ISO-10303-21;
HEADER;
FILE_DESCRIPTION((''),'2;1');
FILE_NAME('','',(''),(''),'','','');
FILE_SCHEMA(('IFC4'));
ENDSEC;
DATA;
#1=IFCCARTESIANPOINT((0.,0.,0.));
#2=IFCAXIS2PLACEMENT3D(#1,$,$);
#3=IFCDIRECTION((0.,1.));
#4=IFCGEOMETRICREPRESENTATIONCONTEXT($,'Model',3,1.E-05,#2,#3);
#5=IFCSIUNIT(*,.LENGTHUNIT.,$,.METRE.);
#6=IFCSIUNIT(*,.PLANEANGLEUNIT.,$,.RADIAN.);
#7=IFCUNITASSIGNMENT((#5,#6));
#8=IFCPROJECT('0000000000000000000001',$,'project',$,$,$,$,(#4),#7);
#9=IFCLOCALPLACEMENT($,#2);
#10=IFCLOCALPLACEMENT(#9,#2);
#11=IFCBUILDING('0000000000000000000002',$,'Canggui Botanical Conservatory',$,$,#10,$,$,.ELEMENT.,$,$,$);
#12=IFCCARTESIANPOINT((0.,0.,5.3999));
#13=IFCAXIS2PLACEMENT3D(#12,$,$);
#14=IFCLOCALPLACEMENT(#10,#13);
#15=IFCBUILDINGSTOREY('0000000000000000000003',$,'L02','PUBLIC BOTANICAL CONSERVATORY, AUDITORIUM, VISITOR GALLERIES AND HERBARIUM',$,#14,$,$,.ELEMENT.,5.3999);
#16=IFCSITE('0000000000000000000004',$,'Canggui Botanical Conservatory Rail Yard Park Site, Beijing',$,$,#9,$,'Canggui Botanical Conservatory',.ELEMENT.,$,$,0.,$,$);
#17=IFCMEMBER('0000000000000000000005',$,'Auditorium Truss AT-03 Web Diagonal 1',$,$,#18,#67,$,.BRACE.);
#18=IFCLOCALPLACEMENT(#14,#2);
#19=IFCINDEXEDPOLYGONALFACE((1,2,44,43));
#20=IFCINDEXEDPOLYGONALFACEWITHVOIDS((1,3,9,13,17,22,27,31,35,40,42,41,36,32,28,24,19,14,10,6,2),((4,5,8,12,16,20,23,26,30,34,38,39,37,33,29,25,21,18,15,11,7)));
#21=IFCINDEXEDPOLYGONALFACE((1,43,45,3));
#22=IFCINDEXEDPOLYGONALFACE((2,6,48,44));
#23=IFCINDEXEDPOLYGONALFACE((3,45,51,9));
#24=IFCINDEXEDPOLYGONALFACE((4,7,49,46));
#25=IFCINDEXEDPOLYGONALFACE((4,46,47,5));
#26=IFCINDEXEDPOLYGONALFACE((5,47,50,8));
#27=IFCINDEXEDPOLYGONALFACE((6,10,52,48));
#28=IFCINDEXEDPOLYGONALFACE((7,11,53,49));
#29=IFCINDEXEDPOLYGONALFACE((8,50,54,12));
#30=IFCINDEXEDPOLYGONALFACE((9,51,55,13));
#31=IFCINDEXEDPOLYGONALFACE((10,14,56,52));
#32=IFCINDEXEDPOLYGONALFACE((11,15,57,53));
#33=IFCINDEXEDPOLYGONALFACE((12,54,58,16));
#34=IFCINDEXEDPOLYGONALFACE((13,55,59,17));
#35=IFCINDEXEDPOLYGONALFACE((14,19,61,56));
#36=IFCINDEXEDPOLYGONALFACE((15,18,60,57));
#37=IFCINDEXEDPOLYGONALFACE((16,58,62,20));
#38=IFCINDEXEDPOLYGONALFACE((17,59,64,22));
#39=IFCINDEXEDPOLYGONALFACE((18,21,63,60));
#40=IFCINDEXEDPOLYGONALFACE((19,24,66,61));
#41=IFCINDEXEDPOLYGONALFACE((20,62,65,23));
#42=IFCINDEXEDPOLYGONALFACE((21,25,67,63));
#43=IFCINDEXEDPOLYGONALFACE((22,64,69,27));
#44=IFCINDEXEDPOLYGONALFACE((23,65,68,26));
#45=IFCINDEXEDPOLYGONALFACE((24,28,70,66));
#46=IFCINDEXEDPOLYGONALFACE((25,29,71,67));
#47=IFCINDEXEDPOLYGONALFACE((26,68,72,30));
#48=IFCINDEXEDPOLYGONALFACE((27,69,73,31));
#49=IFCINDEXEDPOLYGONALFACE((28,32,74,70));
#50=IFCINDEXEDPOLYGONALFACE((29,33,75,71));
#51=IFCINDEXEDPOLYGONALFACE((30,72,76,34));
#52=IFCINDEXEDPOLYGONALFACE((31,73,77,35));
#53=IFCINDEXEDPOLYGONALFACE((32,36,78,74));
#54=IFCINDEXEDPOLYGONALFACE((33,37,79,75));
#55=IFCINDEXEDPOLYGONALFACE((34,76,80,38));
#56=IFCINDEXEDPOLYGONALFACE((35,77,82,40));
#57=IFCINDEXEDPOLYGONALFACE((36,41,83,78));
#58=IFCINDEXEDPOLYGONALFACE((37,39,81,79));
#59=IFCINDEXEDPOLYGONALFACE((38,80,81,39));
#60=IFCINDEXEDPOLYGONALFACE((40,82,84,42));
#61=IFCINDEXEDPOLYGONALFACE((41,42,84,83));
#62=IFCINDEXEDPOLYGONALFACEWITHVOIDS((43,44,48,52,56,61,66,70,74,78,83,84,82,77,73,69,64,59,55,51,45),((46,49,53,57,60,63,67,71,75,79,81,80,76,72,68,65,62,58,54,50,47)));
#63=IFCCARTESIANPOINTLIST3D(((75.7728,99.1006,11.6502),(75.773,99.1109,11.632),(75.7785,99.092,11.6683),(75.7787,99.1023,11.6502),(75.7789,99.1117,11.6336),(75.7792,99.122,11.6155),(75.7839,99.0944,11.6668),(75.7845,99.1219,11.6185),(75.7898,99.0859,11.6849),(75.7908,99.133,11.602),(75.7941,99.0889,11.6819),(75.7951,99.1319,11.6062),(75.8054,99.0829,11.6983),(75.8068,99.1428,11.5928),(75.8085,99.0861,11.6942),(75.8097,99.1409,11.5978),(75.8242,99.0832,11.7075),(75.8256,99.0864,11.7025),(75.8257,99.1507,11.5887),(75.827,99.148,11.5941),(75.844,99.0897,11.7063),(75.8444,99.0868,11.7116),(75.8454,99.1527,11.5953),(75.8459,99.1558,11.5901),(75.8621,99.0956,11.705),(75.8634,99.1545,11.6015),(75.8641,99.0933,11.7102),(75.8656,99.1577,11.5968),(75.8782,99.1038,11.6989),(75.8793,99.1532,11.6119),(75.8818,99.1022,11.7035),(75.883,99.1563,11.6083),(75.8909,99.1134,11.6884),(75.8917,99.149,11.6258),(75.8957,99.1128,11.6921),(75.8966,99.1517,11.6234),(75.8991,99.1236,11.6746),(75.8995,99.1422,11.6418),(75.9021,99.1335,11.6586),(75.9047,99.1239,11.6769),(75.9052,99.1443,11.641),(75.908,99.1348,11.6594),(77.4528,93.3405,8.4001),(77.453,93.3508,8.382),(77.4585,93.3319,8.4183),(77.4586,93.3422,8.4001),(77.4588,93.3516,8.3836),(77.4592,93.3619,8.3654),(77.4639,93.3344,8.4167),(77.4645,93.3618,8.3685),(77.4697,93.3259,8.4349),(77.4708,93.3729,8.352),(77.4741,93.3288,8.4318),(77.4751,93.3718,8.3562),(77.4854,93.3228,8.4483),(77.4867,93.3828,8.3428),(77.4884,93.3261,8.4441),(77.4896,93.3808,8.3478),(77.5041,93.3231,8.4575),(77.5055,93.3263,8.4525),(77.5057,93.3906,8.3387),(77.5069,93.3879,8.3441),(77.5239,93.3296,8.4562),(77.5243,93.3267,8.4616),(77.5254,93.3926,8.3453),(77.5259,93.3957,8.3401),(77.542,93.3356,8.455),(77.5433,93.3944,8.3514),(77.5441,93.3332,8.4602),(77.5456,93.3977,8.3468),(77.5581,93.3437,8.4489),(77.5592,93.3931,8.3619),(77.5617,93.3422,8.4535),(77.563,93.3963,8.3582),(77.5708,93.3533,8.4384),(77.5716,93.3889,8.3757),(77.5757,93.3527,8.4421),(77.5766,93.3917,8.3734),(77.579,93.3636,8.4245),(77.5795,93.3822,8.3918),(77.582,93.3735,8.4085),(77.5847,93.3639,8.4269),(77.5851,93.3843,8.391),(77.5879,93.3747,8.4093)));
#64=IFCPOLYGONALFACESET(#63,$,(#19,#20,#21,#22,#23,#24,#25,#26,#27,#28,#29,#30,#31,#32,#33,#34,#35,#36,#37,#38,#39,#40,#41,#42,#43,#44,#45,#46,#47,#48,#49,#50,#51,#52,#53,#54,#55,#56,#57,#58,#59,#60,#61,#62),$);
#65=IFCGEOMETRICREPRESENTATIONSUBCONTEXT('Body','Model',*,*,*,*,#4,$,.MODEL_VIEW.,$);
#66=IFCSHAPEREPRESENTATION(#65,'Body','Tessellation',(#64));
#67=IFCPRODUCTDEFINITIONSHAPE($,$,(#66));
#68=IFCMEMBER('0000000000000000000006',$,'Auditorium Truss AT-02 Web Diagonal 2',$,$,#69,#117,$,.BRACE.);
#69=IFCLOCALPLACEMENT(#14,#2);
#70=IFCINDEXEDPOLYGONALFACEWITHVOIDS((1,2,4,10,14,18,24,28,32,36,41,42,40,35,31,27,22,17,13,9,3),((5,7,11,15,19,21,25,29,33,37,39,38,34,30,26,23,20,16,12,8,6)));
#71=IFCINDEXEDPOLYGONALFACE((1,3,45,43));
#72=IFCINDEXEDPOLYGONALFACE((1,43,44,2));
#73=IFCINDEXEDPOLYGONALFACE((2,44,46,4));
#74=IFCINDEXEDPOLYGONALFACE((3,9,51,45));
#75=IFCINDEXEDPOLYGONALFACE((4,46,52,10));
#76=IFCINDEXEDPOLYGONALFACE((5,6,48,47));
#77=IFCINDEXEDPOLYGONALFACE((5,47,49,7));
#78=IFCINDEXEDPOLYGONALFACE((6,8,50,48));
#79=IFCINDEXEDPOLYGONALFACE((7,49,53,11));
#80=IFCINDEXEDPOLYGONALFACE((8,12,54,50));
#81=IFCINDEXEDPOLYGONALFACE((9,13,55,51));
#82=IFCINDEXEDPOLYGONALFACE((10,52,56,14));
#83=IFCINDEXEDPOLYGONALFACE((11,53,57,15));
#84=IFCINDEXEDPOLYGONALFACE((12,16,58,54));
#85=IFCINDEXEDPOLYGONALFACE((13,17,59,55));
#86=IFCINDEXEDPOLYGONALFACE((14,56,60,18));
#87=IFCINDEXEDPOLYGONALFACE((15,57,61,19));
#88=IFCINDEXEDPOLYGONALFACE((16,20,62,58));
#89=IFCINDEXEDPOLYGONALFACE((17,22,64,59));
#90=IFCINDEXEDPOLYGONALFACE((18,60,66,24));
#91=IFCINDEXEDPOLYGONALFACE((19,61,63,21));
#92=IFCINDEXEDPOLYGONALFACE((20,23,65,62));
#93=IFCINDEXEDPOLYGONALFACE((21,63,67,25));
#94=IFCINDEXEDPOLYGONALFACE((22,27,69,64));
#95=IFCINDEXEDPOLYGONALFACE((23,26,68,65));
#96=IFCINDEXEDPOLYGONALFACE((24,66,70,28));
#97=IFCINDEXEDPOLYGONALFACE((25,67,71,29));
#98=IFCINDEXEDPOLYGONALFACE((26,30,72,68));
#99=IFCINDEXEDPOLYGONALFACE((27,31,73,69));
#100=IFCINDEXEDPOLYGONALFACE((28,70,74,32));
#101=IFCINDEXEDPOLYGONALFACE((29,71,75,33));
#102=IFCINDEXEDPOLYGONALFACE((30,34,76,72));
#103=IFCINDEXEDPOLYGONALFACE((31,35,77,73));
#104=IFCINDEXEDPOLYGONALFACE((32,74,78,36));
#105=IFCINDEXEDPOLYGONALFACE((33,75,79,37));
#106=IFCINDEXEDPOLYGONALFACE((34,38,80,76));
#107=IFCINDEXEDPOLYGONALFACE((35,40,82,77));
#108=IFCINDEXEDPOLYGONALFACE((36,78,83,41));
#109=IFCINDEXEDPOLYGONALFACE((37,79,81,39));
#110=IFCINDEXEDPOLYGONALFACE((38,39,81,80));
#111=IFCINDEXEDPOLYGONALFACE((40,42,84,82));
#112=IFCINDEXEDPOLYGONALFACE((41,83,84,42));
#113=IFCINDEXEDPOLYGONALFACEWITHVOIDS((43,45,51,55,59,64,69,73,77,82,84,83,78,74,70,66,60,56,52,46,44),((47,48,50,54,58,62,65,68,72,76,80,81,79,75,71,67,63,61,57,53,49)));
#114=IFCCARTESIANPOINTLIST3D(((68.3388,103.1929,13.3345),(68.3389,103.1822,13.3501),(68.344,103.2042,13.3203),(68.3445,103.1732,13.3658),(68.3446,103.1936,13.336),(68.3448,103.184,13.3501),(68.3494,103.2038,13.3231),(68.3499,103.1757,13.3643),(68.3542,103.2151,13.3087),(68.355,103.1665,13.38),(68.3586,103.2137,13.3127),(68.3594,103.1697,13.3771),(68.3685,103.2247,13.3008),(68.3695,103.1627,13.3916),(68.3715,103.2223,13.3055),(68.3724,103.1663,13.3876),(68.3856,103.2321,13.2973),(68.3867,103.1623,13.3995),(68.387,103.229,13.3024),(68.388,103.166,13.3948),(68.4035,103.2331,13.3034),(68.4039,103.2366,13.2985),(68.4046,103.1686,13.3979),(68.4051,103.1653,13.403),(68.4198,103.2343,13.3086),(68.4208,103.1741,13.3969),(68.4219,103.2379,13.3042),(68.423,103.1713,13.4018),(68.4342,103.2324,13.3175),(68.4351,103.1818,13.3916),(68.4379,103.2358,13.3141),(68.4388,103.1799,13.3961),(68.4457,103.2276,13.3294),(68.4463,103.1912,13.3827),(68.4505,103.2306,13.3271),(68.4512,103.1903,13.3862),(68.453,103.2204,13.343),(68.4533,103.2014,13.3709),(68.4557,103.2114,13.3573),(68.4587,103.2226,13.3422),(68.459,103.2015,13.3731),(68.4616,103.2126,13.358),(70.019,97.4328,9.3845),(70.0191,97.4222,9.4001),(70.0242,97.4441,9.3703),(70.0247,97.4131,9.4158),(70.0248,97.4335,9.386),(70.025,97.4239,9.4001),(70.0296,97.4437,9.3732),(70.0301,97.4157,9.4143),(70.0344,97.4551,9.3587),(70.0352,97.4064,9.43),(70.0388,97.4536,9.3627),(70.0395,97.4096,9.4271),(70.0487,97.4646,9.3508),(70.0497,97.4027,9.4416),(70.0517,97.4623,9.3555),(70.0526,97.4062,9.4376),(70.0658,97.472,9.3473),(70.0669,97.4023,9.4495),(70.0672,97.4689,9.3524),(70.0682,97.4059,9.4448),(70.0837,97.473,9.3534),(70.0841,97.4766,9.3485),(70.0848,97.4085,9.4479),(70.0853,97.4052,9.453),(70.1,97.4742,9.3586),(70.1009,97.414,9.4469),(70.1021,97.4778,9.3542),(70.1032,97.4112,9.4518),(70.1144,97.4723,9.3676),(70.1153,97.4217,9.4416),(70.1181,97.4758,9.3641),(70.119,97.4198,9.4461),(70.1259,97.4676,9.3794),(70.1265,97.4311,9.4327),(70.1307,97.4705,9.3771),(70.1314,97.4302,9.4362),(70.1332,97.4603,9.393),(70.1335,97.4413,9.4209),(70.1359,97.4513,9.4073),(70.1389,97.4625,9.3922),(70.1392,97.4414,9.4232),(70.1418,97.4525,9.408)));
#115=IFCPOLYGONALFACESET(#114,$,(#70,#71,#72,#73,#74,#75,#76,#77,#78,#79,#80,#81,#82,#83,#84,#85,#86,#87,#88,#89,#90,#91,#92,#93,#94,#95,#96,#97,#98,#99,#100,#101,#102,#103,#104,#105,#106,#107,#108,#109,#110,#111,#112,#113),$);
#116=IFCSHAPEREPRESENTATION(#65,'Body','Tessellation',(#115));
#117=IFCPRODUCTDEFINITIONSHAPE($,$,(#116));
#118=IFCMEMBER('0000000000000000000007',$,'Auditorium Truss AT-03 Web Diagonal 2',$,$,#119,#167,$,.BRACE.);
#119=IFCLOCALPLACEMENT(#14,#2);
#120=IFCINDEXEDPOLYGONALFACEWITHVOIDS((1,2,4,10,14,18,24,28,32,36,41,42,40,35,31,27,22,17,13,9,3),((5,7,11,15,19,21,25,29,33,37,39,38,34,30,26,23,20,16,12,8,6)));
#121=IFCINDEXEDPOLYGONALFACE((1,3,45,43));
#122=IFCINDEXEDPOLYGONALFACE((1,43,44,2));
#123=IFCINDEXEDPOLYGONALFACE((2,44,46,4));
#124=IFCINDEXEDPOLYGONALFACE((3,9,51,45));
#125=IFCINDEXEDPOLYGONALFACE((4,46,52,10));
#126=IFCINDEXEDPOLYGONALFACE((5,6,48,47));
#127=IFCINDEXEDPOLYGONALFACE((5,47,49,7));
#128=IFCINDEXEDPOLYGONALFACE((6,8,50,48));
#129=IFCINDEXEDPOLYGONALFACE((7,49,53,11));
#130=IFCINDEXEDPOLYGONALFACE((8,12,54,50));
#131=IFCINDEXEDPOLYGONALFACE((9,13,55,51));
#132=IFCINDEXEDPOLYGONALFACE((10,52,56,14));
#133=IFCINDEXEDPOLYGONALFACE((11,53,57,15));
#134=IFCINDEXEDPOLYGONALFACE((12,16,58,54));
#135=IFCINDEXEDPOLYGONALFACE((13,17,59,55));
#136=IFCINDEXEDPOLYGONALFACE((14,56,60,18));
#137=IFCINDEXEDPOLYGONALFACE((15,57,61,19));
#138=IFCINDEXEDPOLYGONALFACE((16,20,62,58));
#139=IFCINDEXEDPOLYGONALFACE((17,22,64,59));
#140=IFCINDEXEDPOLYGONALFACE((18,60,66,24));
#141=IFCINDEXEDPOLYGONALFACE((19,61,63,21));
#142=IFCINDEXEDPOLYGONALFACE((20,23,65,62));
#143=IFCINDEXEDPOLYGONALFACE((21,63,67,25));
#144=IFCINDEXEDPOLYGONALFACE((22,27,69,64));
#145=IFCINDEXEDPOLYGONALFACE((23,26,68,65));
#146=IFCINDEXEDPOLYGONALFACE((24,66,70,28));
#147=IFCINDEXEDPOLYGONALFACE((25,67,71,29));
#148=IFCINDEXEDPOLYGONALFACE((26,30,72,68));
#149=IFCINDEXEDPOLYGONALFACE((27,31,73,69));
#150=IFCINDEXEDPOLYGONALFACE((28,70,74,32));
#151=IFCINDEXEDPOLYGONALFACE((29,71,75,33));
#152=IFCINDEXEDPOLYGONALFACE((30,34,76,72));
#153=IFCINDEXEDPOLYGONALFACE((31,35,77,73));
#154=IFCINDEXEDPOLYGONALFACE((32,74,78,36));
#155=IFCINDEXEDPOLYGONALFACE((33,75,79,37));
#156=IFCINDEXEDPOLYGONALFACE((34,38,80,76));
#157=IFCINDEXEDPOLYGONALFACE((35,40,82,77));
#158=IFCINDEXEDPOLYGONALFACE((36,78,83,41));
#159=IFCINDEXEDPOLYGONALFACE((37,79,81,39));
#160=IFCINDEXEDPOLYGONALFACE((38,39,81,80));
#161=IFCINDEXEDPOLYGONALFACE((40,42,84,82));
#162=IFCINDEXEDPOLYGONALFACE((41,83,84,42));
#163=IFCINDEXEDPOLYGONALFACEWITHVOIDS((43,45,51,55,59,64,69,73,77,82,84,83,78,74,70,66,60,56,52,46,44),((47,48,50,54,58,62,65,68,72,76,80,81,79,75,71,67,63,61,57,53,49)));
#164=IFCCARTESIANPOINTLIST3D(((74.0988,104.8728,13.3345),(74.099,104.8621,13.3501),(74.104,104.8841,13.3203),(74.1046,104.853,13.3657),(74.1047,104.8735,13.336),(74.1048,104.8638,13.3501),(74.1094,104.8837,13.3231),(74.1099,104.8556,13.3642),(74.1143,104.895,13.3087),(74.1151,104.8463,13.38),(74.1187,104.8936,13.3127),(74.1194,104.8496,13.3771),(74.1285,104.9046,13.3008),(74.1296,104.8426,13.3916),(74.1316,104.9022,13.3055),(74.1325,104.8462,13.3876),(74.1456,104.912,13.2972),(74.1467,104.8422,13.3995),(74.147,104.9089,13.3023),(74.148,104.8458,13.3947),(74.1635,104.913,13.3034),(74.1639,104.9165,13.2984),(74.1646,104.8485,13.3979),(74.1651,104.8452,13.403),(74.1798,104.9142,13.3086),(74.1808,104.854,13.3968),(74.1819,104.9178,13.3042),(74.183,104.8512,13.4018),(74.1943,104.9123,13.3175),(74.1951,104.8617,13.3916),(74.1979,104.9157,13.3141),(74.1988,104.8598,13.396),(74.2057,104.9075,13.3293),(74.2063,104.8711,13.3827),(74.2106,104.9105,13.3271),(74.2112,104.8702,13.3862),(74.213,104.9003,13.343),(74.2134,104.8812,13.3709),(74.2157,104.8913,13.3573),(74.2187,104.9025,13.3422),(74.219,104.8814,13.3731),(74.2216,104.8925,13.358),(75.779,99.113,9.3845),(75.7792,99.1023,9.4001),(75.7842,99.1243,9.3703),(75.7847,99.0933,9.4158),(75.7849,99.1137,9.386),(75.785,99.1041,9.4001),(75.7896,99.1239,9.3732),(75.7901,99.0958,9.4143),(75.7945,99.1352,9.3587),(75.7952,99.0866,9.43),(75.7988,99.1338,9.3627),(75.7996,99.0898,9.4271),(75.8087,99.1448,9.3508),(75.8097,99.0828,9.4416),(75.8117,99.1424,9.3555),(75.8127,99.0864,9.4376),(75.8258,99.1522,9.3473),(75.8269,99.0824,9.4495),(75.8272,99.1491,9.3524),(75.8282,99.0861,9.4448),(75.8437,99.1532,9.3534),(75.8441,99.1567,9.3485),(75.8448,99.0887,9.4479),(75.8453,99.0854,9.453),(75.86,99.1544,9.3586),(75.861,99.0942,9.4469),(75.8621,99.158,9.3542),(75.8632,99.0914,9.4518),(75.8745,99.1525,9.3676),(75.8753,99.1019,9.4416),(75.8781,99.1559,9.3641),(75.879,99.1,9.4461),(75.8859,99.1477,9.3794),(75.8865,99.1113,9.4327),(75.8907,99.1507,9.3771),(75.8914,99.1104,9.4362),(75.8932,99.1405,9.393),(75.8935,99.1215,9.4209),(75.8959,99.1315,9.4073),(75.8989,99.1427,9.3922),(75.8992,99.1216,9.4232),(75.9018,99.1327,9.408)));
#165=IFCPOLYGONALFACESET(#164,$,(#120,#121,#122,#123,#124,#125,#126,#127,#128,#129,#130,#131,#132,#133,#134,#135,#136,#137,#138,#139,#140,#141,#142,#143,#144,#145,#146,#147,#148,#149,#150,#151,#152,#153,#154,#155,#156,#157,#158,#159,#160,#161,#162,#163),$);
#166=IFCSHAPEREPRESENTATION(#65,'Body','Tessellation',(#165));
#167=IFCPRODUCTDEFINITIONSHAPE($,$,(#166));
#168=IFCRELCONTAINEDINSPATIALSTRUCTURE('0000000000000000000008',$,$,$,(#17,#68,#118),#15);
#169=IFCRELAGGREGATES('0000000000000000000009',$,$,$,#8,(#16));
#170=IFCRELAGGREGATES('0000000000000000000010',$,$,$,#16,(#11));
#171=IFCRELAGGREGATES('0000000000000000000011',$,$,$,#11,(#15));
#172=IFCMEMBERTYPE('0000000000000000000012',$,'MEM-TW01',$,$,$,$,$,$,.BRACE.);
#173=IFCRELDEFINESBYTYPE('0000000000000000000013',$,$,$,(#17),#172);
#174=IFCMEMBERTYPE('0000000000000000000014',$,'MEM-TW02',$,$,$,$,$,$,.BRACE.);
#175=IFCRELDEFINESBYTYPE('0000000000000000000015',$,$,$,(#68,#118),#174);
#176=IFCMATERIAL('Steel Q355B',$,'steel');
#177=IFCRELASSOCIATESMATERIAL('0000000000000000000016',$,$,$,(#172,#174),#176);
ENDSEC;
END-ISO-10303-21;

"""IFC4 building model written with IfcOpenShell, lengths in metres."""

from ifc_helpers import new_model, si_unit, direction, frame, origin, origin_2d, place, context, subcontext, project, spatial, hollow_circle, extrude, material, material_profile, profile_set, type_object, element, save


model = new_model("IFC4")

# Units and contexts
model_context = context("Model", 3, precision=1e-05, world=origin(), true_north=direction((0.0, 1.0)))
body_context = subcontext(model_context, "Body", "Model", "MODEL_VIEW")
ifc_project = project(units=[si_unit("LENGTHUNIT", "METRE"), si_unit("PLANEANGLEUNIT", "RADIAN")], contexts=[model_context])

# Site, building, storey
site_placement = place(None, origin())
site = spatial("IfcSite", under=ifc_project, at=site_placement, Name="Canggui Botanical Conservatory Rail Yard Park Site, Beijing", LongName="Canggui Botanical Conservatory", CompositionType="ELEMENT", RefElevation=0.0)
building_placement = place(site_placement, origin())
building = spatial("IfcBuilding", under=site, at=building_placement, Name="Canggui Botanical Conservatory", CompositionType="ELEMENT")
storey_placement = place(building_placement, frame((0.0, 0.0, 5.3999)))
storey = spatial("IfcBuildingStorey", under=building, at=storey_placement, Name="L02", Description="PUBLIC BOTANICAL CONSERVATORY, AUDITORIUM, VISITOR GALLERIES AND HERBARIUM", CompositionType="ELEMENT", Elevation=5.3999)

# Shared definitions
ifc_material_1 = material(Name="Steel Q355B", Category="steel")

# Members
ifc_material_profile_1 = material_profile(ifc_material_1, hollow_circle(Radius=0.0701, WallThickness=0.0061, at=origin_2d()), Name="CHS 140x6")
ifc_profile_set_1 = profile_set([ifc_material_profile_1], Name="Steel Q355B")
member_type_1 = type_object("IfcMemberType", Name="MEM-TW01", PredefinedType="BRACE", material=ifc_profile_set_1)
member_1_placement = place(storey_placement, frame((77.52, 93.3601, 8.4001), z_axis=(-0.246192, 0.844123, 0.476284), x_axis=(-0.960003, -0.279989, 0.0)))
element("IfcMember", 1, at=member_1_placement, inside=storey, type_object=member_type_1, Name="Auditorium Truss AT-03 Web Diagonal 1", PredefinedType="BRACE", context=body_context, shape_type="SweptSolid", body=[
    extrude(hollow_circle(Radius=0.0701, WallThickness=0.0061, at=origin_2d()), origin(), (0.0, 0.0, 1.0), 6.8237),
])
ifc_material_profile_2 = material_profile(ifc_material_1, hollow_circle(Radius=0.0635, WallThickness=0.0061, at=origin_2d()), Name="CHS 127x6")
ifc_profile_set_2 = profile_set([ifc_material_profile_2], Name="Steel Q355B")
member_type_2 = type_object("IfcMemberType", Name="MEM-TW02", PredefinedType="BRACE", material=ifc_profile_set_2)
member_2_placement = place(storey_placement, frame((70.0801, 97.4399, 9.4001), z_axis=(-0.233893, 0.801838, 0.549864), x_axis=(-0.959992, -0.280027, 0.0)))
element("IfcMember", 2, at=member_2_placement, inside=storey, type_object=member_type_2, Name="Auditorium Truss AT-02 Web Diagonal 2", PredefinedType="BRACE", context=body_context, shape_type="SweptSolid", body=[
    extrude(hollow_circle(Radius=0.0635, WallThickness=0.0061, at=origin_2d()), origin(), (0.0, 0.0, 1.0), 7.1836),
])
member_3_placement = place(storey_placement, frame((75.8401, 99.1201, 9.4001), z_axis=(-0.2339, 0.801826, 0.549879), x_axis=(-0.959989, -0.280038, 0.0)))
element("IfcMember", 3, at=member_3_placement, inside=storey, type_object=member_type_2, Name="Auditorium Truss AT-03 Web Diagonal 2", PredefinedType="BRACE", context=body_context, shape_type="SweptSolid", body=[
    extrude(hollow_circle(Radius=0.0635, WallThickness=0.0061, at=origin_2d()), origin(), (0.0, 0.0, 1.0), 7.1833),
])

save(model, "model.ifc")
